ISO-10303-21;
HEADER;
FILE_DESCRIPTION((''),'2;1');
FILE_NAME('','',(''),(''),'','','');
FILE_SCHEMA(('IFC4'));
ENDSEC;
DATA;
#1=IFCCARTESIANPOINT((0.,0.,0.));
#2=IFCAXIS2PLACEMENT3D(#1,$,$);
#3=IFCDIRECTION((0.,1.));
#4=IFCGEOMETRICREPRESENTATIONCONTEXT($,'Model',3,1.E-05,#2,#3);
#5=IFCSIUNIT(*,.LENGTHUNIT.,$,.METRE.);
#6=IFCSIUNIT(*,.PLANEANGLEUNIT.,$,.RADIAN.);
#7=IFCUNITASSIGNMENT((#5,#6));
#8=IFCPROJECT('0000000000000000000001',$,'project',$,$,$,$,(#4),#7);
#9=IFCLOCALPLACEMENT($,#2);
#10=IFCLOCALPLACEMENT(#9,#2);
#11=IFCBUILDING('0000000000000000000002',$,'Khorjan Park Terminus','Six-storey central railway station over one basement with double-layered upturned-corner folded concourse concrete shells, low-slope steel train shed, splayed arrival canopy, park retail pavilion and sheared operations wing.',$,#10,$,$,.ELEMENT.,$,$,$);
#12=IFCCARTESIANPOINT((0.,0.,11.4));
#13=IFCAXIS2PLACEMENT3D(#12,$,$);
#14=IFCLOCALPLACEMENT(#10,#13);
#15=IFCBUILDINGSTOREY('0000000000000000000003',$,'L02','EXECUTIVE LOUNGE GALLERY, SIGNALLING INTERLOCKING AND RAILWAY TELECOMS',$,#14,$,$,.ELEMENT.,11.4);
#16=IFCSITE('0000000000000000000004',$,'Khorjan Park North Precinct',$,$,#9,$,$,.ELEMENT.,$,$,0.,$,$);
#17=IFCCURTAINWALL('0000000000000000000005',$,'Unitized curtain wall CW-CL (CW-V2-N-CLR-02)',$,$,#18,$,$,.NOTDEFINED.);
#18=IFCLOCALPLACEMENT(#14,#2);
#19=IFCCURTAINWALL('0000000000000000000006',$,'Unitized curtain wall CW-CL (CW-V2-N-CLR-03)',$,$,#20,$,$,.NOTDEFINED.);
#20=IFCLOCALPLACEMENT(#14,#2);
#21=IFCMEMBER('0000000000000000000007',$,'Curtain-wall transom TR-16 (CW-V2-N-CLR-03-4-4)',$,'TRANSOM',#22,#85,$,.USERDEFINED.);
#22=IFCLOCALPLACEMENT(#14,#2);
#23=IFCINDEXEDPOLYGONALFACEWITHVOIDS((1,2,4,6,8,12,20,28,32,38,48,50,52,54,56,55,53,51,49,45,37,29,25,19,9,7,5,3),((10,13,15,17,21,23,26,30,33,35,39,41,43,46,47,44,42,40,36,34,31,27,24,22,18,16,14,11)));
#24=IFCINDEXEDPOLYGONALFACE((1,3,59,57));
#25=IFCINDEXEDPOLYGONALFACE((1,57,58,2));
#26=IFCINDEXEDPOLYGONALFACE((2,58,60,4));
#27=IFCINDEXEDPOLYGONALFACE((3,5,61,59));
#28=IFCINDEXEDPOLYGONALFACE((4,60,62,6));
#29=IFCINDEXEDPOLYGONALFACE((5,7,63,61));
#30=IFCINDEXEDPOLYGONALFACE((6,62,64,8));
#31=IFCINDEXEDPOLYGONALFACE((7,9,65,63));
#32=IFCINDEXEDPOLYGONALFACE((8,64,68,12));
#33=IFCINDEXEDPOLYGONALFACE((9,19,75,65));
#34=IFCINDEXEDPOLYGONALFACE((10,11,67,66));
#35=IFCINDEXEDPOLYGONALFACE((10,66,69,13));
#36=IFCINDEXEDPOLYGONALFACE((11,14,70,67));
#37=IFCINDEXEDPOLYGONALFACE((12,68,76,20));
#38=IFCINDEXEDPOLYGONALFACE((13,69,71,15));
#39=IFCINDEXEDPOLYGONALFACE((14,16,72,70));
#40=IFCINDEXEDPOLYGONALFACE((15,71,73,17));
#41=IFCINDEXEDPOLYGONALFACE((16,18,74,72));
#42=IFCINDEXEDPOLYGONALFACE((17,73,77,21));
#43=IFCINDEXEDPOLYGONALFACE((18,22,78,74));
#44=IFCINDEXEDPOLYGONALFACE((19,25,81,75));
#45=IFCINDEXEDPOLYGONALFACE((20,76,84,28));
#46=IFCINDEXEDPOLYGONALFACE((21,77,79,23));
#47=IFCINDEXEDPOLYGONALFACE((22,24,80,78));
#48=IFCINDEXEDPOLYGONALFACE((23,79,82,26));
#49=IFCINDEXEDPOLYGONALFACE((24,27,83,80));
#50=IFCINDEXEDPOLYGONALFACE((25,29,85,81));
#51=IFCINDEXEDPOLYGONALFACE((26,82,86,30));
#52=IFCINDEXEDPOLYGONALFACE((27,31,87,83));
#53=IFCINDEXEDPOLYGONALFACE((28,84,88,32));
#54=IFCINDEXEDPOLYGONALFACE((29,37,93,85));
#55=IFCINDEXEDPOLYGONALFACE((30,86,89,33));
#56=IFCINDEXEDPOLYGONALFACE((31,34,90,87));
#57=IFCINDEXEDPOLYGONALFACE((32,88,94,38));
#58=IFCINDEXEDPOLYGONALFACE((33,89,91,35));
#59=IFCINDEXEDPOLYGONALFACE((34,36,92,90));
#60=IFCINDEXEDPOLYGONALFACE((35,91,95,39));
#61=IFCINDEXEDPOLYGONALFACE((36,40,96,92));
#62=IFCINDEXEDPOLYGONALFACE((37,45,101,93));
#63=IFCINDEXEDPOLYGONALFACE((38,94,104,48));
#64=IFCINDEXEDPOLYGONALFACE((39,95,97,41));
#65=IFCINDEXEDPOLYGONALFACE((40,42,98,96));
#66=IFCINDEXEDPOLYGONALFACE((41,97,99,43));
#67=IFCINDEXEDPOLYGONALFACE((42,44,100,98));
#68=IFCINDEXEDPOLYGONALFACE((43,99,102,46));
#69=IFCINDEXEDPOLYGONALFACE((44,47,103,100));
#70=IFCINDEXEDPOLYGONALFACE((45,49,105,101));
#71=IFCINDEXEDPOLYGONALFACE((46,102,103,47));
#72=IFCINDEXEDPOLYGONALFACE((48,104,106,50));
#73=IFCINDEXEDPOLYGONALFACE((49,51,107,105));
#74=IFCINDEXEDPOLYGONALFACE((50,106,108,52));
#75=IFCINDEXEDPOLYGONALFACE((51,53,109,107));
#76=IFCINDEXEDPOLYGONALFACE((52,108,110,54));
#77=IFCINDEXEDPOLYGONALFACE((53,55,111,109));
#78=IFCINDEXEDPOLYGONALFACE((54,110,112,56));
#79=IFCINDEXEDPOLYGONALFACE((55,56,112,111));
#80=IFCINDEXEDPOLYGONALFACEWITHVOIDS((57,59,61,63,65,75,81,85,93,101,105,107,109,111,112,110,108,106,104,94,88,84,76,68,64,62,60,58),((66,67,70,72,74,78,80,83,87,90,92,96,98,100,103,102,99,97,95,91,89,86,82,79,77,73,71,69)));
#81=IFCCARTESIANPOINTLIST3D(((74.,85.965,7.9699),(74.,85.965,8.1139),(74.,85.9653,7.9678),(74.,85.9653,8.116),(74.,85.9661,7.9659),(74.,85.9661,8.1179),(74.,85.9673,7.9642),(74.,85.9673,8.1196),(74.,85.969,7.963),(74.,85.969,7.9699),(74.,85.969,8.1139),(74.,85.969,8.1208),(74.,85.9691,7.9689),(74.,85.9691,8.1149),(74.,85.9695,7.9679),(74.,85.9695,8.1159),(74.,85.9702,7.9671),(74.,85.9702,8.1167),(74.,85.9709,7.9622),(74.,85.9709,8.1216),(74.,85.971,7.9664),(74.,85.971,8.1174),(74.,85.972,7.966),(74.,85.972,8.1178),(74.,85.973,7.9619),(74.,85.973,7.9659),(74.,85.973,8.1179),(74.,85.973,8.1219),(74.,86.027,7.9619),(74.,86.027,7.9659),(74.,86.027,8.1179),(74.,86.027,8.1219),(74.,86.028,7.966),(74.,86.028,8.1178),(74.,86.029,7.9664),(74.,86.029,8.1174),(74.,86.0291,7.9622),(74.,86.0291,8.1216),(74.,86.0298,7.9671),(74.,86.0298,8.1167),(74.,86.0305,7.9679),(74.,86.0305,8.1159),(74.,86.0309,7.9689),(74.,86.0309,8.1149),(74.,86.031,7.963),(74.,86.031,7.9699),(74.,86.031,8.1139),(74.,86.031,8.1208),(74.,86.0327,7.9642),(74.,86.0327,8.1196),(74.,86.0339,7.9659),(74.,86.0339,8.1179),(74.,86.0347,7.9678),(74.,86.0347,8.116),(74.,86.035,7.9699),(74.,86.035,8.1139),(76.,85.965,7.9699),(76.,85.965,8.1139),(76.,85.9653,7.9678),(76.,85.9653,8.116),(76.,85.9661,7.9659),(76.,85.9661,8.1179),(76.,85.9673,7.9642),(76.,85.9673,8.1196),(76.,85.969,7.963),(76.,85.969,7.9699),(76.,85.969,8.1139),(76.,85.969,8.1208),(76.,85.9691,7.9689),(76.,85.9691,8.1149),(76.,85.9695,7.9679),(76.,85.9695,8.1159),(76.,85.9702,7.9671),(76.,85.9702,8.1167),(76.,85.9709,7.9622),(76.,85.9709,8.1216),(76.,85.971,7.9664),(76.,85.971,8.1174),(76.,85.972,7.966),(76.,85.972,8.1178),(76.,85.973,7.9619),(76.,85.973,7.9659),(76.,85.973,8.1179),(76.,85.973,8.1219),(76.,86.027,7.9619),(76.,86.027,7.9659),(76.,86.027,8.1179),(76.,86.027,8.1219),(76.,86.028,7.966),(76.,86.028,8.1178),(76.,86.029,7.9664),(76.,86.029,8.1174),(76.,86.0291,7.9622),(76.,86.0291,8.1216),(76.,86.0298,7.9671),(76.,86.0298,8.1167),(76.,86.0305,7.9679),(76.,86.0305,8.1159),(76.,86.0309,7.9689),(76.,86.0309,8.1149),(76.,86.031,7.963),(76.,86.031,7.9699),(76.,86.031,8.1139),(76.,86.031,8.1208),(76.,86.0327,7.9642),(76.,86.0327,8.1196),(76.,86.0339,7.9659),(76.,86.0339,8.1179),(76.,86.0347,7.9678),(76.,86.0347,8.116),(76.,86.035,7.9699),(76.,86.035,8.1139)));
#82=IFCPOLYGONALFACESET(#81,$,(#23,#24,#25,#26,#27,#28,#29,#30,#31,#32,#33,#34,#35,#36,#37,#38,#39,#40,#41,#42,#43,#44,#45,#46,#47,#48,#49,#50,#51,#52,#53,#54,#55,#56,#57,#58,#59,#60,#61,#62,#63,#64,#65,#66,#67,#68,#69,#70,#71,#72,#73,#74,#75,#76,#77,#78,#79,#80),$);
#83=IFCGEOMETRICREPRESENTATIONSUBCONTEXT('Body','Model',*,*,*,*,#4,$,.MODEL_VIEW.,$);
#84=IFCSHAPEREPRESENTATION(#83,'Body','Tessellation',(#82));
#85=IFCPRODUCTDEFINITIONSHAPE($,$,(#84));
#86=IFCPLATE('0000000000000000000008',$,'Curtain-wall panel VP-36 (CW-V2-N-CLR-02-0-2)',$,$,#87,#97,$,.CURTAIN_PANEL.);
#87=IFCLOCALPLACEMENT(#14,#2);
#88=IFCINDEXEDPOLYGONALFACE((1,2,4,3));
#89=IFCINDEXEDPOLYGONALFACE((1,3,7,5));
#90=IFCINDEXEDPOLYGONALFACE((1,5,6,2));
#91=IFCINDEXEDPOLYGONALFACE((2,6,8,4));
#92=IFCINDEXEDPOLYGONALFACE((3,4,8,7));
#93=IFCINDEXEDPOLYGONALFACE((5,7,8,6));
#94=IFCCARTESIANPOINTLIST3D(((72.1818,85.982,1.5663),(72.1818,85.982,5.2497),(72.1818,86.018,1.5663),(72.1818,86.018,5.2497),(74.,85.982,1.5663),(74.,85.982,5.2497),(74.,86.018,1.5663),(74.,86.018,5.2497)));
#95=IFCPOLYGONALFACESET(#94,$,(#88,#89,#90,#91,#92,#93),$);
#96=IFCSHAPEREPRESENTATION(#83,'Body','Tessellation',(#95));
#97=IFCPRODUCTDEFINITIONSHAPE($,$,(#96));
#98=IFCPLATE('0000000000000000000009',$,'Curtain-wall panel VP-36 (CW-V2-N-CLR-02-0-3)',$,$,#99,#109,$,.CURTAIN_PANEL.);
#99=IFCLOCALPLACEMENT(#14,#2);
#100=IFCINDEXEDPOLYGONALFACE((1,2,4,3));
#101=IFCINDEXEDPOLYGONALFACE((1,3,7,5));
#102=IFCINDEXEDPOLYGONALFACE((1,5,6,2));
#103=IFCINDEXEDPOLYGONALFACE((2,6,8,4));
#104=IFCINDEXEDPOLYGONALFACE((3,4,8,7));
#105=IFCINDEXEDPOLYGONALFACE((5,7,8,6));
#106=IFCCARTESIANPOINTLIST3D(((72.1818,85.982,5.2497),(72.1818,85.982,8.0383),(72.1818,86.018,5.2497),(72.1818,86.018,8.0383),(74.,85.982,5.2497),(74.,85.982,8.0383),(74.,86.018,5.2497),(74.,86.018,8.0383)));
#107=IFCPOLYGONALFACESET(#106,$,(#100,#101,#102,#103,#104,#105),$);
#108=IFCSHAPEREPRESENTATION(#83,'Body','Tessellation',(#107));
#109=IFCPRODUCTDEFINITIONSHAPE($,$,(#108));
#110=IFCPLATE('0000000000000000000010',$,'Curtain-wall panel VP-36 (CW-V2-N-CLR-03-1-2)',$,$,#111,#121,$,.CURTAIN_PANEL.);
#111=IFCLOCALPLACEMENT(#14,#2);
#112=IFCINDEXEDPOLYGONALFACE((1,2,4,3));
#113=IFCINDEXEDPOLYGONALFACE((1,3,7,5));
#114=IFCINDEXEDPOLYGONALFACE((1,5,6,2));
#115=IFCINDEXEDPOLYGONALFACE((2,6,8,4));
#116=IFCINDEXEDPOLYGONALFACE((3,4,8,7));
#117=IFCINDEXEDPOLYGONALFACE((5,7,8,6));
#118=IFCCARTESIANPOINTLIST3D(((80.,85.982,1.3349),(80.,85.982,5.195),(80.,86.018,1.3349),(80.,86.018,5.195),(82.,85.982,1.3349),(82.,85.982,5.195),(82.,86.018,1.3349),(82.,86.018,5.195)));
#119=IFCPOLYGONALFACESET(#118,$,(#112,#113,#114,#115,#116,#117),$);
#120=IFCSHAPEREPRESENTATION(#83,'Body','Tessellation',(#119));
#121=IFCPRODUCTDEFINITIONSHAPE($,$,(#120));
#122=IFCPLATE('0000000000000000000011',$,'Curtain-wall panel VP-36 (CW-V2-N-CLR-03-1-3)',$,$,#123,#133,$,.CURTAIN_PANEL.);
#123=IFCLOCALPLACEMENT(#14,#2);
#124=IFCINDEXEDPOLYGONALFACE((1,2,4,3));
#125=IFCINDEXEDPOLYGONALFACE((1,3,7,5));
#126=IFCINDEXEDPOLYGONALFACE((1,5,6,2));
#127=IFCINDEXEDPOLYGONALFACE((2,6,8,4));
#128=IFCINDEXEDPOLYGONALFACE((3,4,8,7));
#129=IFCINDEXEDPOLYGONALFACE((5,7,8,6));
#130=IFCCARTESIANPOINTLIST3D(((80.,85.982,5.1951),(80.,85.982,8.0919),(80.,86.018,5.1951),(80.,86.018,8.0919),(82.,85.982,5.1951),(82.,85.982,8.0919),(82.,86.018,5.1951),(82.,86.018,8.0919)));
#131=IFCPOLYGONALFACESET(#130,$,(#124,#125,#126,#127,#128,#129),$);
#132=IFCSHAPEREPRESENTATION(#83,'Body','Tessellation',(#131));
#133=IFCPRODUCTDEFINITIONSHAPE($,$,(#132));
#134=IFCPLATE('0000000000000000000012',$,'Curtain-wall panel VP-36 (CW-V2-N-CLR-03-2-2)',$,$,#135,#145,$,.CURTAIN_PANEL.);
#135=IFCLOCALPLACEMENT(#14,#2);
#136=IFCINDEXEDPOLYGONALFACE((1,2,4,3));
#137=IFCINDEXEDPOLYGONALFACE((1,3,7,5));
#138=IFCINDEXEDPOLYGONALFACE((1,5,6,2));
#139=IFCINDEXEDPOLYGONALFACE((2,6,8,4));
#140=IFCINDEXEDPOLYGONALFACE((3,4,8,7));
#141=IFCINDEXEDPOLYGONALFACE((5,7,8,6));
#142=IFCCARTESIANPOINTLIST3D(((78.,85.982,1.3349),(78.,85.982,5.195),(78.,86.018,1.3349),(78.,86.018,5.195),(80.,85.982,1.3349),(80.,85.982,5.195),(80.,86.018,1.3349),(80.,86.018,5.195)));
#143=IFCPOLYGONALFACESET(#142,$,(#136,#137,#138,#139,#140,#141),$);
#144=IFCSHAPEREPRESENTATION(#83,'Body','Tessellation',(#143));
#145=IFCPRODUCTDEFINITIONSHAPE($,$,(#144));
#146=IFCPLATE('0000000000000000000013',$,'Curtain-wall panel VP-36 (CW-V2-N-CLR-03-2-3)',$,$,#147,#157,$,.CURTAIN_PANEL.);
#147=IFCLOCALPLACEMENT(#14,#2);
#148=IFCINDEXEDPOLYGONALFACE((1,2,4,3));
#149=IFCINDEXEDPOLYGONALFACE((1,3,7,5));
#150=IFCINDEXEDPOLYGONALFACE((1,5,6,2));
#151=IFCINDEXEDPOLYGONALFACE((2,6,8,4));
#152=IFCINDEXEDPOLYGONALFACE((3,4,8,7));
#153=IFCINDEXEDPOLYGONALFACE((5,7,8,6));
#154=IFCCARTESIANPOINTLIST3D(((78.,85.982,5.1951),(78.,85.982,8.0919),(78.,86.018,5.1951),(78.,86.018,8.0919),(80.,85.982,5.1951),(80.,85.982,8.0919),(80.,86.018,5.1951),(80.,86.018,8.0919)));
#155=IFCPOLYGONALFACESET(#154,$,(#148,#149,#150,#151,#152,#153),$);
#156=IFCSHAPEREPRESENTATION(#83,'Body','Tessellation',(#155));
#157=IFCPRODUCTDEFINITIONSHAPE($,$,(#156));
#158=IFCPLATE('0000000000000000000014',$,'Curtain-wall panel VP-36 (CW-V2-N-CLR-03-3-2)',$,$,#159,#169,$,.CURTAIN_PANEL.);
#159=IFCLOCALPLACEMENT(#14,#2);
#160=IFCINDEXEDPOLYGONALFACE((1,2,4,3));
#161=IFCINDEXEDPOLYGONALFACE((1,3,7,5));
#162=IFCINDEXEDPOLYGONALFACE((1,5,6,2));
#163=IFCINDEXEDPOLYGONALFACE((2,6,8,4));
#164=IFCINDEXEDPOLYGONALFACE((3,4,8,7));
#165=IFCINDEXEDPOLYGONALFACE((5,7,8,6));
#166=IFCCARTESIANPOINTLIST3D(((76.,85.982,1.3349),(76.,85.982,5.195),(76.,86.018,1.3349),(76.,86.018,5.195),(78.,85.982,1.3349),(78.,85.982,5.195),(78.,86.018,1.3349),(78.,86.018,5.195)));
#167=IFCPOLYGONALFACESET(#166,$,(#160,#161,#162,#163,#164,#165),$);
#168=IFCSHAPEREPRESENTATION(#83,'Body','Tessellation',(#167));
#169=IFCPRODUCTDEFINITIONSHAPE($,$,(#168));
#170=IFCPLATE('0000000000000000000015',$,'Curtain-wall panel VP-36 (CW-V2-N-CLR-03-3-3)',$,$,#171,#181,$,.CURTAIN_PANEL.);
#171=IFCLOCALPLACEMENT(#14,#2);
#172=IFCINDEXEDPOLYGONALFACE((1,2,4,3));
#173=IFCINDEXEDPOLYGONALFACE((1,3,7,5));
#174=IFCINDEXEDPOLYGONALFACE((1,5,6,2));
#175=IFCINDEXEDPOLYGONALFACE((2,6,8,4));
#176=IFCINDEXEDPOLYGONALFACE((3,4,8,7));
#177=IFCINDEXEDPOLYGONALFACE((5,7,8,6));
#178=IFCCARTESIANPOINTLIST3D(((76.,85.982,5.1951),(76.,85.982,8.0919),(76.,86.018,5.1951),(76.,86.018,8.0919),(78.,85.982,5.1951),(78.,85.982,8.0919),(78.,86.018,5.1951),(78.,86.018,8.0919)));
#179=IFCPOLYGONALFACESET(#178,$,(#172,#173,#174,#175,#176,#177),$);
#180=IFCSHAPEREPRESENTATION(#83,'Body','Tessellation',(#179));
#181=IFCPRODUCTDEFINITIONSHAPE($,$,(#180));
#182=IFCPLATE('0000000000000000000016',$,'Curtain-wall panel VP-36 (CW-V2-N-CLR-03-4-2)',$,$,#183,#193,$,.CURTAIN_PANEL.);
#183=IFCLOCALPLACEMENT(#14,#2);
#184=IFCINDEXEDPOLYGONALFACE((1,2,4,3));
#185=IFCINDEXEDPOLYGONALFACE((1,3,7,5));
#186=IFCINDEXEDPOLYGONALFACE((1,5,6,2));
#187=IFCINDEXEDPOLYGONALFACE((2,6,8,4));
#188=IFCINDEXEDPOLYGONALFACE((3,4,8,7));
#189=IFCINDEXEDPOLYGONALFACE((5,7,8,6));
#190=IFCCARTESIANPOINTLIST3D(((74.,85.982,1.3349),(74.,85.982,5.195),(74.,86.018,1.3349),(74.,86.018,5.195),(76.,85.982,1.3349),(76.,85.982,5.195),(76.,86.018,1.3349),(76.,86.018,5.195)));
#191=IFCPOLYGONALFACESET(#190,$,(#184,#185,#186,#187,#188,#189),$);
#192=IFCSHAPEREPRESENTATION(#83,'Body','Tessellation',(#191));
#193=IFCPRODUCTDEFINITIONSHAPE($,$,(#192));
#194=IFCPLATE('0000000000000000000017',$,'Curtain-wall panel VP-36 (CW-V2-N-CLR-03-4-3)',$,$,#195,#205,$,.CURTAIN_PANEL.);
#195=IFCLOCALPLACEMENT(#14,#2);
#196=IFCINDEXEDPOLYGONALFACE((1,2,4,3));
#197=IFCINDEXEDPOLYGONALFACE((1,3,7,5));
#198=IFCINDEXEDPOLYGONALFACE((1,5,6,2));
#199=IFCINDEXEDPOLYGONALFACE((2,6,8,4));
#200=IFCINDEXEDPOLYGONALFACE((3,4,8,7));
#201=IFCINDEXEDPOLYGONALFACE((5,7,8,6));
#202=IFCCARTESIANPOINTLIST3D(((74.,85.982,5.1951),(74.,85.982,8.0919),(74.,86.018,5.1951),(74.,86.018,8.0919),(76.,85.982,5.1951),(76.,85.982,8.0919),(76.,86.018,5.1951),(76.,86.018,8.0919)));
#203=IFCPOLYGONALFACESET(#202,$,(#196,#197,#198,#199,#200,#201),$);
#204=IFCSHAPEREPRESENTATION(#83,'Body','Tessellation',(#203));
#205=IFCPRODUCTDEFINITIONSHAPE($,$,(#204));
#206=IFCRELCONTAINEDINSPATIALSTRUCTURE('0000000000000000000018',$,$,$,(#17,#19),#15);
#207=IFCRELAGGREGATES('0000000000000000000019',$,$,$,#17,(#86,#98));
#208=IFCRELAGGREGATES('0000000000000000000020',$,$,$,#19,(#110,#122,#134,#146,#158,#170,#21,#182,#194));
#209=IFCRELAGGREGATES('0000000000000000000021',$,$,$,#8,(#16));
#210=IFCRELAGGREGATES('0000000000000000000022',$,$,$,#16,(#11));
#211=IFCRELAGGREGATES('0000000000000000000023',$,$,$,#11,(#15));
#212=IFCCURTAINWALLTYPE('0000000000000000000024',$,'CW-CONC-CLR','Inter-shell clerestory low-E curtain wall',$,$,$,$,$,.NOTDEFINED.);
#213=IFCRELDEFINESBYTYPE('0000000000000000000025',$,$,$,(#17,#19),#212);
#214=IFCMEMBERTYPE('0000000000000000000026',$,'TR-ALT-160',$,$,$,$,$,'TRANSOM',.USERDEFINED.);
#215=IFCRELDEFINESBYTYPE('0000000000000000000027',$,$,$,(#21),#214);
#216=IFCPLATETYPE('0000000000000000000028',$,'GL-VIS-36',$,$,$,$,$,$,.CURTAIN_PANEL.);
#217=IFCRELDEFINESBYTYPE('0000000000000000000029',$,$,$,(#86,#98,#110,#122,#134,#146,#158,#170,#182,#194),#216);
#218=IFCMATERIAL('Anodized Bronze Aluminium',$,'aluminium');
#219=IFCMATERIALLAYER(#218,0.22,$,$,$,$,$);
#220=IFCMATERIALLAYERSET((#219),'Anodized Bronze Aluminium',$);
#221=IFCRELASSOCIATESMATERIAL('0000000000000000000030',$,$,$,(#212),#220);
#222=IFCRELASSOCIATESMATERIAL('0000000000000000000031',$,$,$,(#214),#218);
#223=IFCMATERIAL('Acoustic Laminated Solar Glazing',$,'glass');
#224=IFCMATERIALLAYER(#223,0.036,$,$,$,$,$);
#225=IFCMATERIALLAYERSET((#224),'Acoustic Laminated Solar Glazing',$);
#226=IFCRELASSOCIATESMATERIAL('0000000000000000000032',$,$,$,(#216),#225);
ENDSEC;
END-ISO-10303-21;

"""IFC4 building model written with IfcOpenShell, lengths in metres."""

from ifc_helpers import new_model, si_unit, direction, frame, origin, origin_2d, place, context, subcontext, project, spatial, rectangle, hollow_rectangle, extrude, material, layer, layer_set, material_profile, profile_set, type_object, element, aggregate, save


model = new_model("IFC4")

# Units and contexts
model_context = context("Model", 3, precision=1e-05, world=origin(), true_north=direction((0.0, 1.0)))
body_context = subcontext(model_context, "Body", "Model", "MODEL_VIEW")
ifc_project = project(units=[si_unit("LENGTHUNIT", "METRE"), si_unit("PLANEANGLEUNIT", "RADIAN")], contexts=[model_context])

# Site, building, storey
site_placement = place(None, origin())
site = spatial("IfcSite", under=ifc_project, at=site_placement, Name="Khorjan Park North Precinct", CompositionType="ELEMENT", RefElevation=0.0)
building_placement = place(site_placement, origin())
building = spatial("IfcBuilding", under=site, at=building_placement, Name="Khorjan Park Terminus", Description="Six-storey central railway station over one basement with double-layered upturned-corner folded concourse concrete shells, low-slope steel train shed, splayed arrival canopy, park retail pavilion and sheared operations wing.", CompositionType="ELEMENT")
storey_placement = place(building_placement, frame((0.0, 0.0, 11.4)))
storey = spatial("IfcBuildingStorey", under=building, at=storey_placement, Name="L02", Description="EXECUTIVE LOUNGE GALLERY, SIGNALLING INTERLOCKING AND RAILWAY TELECOMS", CompositionType="ELEMENT", Elevation=11.4)

# Curtain walls
ifc_material_1 = material(Name="Anodized Bronze Aluminium", Category="aluminium")
ifc_layer_1 = layer(ifc_material_1, 0.22)
ifc_layer_set_1 = layer_set([ifc_layer_1], Name="Anodized Bronze Aluminium")
curtain_wall_type = type_object("IfcCurtainWallType", Name="CW-CONC-CLR", Description="Inter-shell clerestory low-E curtain wall", PredefinedType="NOTDEFINED", material=ifc_layer_set_1)
curtain_wall_1_placement = place(storey_placement, origin())
curtain_wall_1 = element("IfcCurtainWall", 1, at=curtain_wall_1_placement, inside=storey, type_object=curtain_wall_type, Name="Unitized curtain wall CW-CL (CW-V2-N-CLR-02)", PredefinedType="NOTDEFINED")
curtain_wall_2_placement = place(storey_placement, origin())
curtain_wall_2 = element("IfcCurtainWall", 2, at=curtain_wall_2_placement, inside=storey, type_object=curtain_wall_type, Name="Unitized curtain wall CW-CL (CW-V2-N-CLR-03)", PredefinedType="NOTDEFINED")

# Member
ifc_material_profile_1 = material_profile(ifc_material_1, hollow_rectangle(XDim=0.07, YDim=0.16, WallThickness=0.004, InnerFilletRadius=0.004, OuterFilletRadius=0.008, at=origin_2d()), Name="ALT 70x160x4")
ifc_profile_set_1 = profile_set([ifc_material_profile_1], Name="Anodized Bronze Aluminium")
member_type_1 = type_object("IfcMemberType", Name="TR-ALT-160", ElementType="TRANSOM", PredefinedType="USERDEFINED", material=ifc_profile_set_1)
member_1_placement = place(storey_placement, frame((76.0, 86.0, 8.0419), z_axis=(-1.0, 0.0, 0.0), x_axis=(0.0, -1.0, 0.0)))
member_1 = element("IfcMember", 3, at=member_1_placement, type_object=member_type_1, Name="Curtain-wall transom TR-16 (CW-V2-N-CLR-03-4-4)", ObjectType="TRANSOM", PredefinedType="USERDEFINED", context=body_context, shape_type="SweptSolid", body=[
    extrude(hollow_rectangle(XDim=0.07, YDim=0.16, WallThickness=0.004, InnerFilletRadius=0.004, OuterFilletRadius=0.008, at=origin_2d()), origin(), (0.0, 0.0, 1.0), 2.0),
])

# Plates
ifc_material_2 = material(Name="Acoustic Laminated Solar Glazing", Category="glass")
ifc_layer_2 = layer(ifc_material_2, 0.036)
ifc_layer_set_2 = layer_set([ifc_layer_2], Name="Acoustic Laminated Solar Glazing")
plate_type_1 = type_object("IfcPlateType", Name="GL-VIS-36", PredefinedType="CURTAIN_PANEL", material=ifc_layer_set_2)
plate_1_placement = place(storey_placement, frame((73.0909, 86.0, 1.5663), z_axis=(0.0, 0.0, 1.0), x_axis=(-1.0, 0.0, 0.0)))
plate_1 = element("IfcPlate", 4, at=plate_1_placement, type_object=plate_type_1, Name="Curtain-wall panel VP-36 (CW-V2-N-CLR-02-0-2)", PredefinedType="CURTAIN_PANEL", context=body_context, shape_type="SweptSolid", body=[
    extrude(rectangle(XDim=1.8182, YDim=0.036, at=origin_2d()), origin(), (0.0, 0.0, 1.0), 3.6834),
])
plate_2_placement = place(storey_placement, frame((73.0909, 86.0, 5.2497), z_axis=(0.0, 0.0, 1.0), x_axis=(-1.0, 0.0, 0.0)))
plate_2 = element("IfcPlate", 5, at=plate_2_placement, type_object=plate_type_1, Name="Curtain-wall panel VP-36 (CW-V2-N-CLR-02-0-3)", PredefinedType="CURTAIN_PANEL", context=body_context, shape_type="SweptSolid", body=[
    extrude(rectangle(XDim=1.8182, YDim=0.036, at=origin_2d()), origin(), (0.0, 0.0, 1.0), 2.7886),
])
plate_3_placement = place(storey_placement, frame((81.0, 86.0, 1.3349), z_axis=(0.0, 0.0, 1.0), x_axis=(-1.0, 0.0, 0.0)))
plate_3 = element("IfcPlate", 6, at=plate_3_placement, type_object=plate_type_1, Name="Curtain-wall panel VP-36 (CW-V2-N-CLR-03-1-2)", PredefinedType="CURTAIN_PANEL", context=body_context, shape_type="SweptSolid", body=[
    extrude(rectangle(XDim=2.0, YDim=0.036, at=origin_2d()), origin(), (0.0, 0.0, 1.0), 3.8601),
])
plate_4_placement = place(storey_placement, frame((81.0, 86.0, 5.1951), z_axis=(0.0, 0.0, 1.0), x_axis=(-1.0, 0.0, 0.0)))
plate_4 = element("IfcPlate", 7, at=plate_4_placement, type_object=plate_type_1, Name="Curtain-wall panel VP-36 (CW-V2-N-CLR-03-1-3)", PredefinedType="CURTAIN_PANEL", context=body_context, shape_type="SweptSolid", body=[
    extrude(rectangle(XDim=2.0, YDim=0.036, at=origin_2d()), origin(), (0.0, 0.0, 1.0), 2.8968),
])
plate_5_placement = place(storey_placement, frame((79.0, 86.0, 1.3349), z_axis=(0.0, 0.0, 1.0), x_axis=(-1.0, 0.0, 0.0)))
plate_5 = element("IfcPlate", 8, at=plate_5_placement, type_object=plate_type_1, Name="Curtain-wall panel VP-36 (CW-V2-N-CLR-03-2-2)", PredefinedType="CURTAIN_PANEL", context=body_context, shape_type="SweptSolid", body=[
    extrude(rectangle(XDim=2.0, YDim=0.036, at=origin_2d()), origin(), (0.0, 0.0, 1.0), 3.8601),
])
plate_6_placement = place(storey_placement, frame((79.0, 86.0, 5.1951), z_axis=(0.0, 0.0, 1.0), x_axis=(-1.0, 0.0, 0.0)))
plate_6 = element("IfcPlate", 9, at=plate_6_placement, type_object=plate_type_1, Name="Curtain-wall panel VP-36 (CW-V2-N-CLR-03-2-3)", PredefinedType="CURTAIN_PANEL", context=body_context, shape_type="SweptSolid", body=[
    extrude(rectangle(XDim=2.0, YDim=0.036, at=origin_2d()), origin(), (0.0, 0.0, 1.0), 2.8968),
])
plate_7_placement = place(storey_placement, frame((77.0, 86.0, 1.3349), z_axis=(0.0, 0.0, 1.0), x_axis=(-1.0, 0.0, 0.0)))
plate_7 = element("IfcPlate", 10, at=plate_7_placement, type_object=plate_type_1, Name="Curtain-wall panel VP-36 (CW-V2-N-CLR-03-3-2)", PredefinedType="CURTAIN_PANEL", context=body_context, shape_type="SweptSolid", body=[
    extrude(rectangle(XDim=2.0, YDim=0.036, at=origin_2d()), origin(), (0.0, 0.0, 1.0), 3.8601),
])
plate_8_placement = place(storey_placement, frame((77.0, 86.0, 5.1951), z_axis=(0.0, 0.0, 1.0), x_axis=(-1.0, 0.0, 0.0)))
plate_8 = element("IfcPlate", 11, at=plate_8_placement, type_object=plate_type_1, Name="Curtain-wall panel VP-36 (CW-V2-N-CLR-03-3-3)", PredefinedType="CURTAIN_PANEL", context=body_context, shape_type="SweptSolid", body=[
    extrude(rectangle(XDim=2.0, YDim=0.036, at=origin_2d()), origin(), (0.0, 0.0, 1.0), 2.8968),
])
plate_9_placement = place(storey_placement, frame((75.0, 86.0, 1.3349), z_axis=(0.0, 0.0, 1.0), x_axis=(-1.0, 0.0, 0.0)))
plate_9 = element("IfcPlate", 12, at=plate_9_placement, type_object=plate_type_1, Name="Curtain-wall panel VP-36 (CW-V2-N-CLR-03-4-2)", PredefinedType="CURTAIN_PANEL", context=body_context, shape_type="SweptSolid", body=[
    extrude(rectangle(XDim=2.0, YDim=0.036, at=origin_2d()), origin(), (0.0, 0.0, 1.0), 3.8601),
])
plate_10_placement = place(storey_placement, frame((75.0, 86.0, 5.1951), z_axis=(0.0, 0.0, 1.0), x_axis=(-1.0, 0.0, 0.0)))
plate_10 = element("IfcPlate", 13, at=plate_10_placement, type_object=plate_type_1, Name="Curtain-wall panel VP-36 (CW-V2-N-CLR-03-4-3)", PredefinedType="CURTAIN_PANEL", context=body_context, shape_type="SweptSolid", body=[
    extrude(rectangle(XDim=2.0, YDim=0.036, at=origin_2d()), origin(), (0.0, 0.0, 1.0), 2.8968),
])
aggregate(curtain_wall_1, [plate_1, plate_2])
aggregate(curtain_wall_2, [plate_3, plate_4, plate_5, plate_6, plate_7, plate_8, member_1, plate_9, plate_10])

save(model, "model.ifc")
